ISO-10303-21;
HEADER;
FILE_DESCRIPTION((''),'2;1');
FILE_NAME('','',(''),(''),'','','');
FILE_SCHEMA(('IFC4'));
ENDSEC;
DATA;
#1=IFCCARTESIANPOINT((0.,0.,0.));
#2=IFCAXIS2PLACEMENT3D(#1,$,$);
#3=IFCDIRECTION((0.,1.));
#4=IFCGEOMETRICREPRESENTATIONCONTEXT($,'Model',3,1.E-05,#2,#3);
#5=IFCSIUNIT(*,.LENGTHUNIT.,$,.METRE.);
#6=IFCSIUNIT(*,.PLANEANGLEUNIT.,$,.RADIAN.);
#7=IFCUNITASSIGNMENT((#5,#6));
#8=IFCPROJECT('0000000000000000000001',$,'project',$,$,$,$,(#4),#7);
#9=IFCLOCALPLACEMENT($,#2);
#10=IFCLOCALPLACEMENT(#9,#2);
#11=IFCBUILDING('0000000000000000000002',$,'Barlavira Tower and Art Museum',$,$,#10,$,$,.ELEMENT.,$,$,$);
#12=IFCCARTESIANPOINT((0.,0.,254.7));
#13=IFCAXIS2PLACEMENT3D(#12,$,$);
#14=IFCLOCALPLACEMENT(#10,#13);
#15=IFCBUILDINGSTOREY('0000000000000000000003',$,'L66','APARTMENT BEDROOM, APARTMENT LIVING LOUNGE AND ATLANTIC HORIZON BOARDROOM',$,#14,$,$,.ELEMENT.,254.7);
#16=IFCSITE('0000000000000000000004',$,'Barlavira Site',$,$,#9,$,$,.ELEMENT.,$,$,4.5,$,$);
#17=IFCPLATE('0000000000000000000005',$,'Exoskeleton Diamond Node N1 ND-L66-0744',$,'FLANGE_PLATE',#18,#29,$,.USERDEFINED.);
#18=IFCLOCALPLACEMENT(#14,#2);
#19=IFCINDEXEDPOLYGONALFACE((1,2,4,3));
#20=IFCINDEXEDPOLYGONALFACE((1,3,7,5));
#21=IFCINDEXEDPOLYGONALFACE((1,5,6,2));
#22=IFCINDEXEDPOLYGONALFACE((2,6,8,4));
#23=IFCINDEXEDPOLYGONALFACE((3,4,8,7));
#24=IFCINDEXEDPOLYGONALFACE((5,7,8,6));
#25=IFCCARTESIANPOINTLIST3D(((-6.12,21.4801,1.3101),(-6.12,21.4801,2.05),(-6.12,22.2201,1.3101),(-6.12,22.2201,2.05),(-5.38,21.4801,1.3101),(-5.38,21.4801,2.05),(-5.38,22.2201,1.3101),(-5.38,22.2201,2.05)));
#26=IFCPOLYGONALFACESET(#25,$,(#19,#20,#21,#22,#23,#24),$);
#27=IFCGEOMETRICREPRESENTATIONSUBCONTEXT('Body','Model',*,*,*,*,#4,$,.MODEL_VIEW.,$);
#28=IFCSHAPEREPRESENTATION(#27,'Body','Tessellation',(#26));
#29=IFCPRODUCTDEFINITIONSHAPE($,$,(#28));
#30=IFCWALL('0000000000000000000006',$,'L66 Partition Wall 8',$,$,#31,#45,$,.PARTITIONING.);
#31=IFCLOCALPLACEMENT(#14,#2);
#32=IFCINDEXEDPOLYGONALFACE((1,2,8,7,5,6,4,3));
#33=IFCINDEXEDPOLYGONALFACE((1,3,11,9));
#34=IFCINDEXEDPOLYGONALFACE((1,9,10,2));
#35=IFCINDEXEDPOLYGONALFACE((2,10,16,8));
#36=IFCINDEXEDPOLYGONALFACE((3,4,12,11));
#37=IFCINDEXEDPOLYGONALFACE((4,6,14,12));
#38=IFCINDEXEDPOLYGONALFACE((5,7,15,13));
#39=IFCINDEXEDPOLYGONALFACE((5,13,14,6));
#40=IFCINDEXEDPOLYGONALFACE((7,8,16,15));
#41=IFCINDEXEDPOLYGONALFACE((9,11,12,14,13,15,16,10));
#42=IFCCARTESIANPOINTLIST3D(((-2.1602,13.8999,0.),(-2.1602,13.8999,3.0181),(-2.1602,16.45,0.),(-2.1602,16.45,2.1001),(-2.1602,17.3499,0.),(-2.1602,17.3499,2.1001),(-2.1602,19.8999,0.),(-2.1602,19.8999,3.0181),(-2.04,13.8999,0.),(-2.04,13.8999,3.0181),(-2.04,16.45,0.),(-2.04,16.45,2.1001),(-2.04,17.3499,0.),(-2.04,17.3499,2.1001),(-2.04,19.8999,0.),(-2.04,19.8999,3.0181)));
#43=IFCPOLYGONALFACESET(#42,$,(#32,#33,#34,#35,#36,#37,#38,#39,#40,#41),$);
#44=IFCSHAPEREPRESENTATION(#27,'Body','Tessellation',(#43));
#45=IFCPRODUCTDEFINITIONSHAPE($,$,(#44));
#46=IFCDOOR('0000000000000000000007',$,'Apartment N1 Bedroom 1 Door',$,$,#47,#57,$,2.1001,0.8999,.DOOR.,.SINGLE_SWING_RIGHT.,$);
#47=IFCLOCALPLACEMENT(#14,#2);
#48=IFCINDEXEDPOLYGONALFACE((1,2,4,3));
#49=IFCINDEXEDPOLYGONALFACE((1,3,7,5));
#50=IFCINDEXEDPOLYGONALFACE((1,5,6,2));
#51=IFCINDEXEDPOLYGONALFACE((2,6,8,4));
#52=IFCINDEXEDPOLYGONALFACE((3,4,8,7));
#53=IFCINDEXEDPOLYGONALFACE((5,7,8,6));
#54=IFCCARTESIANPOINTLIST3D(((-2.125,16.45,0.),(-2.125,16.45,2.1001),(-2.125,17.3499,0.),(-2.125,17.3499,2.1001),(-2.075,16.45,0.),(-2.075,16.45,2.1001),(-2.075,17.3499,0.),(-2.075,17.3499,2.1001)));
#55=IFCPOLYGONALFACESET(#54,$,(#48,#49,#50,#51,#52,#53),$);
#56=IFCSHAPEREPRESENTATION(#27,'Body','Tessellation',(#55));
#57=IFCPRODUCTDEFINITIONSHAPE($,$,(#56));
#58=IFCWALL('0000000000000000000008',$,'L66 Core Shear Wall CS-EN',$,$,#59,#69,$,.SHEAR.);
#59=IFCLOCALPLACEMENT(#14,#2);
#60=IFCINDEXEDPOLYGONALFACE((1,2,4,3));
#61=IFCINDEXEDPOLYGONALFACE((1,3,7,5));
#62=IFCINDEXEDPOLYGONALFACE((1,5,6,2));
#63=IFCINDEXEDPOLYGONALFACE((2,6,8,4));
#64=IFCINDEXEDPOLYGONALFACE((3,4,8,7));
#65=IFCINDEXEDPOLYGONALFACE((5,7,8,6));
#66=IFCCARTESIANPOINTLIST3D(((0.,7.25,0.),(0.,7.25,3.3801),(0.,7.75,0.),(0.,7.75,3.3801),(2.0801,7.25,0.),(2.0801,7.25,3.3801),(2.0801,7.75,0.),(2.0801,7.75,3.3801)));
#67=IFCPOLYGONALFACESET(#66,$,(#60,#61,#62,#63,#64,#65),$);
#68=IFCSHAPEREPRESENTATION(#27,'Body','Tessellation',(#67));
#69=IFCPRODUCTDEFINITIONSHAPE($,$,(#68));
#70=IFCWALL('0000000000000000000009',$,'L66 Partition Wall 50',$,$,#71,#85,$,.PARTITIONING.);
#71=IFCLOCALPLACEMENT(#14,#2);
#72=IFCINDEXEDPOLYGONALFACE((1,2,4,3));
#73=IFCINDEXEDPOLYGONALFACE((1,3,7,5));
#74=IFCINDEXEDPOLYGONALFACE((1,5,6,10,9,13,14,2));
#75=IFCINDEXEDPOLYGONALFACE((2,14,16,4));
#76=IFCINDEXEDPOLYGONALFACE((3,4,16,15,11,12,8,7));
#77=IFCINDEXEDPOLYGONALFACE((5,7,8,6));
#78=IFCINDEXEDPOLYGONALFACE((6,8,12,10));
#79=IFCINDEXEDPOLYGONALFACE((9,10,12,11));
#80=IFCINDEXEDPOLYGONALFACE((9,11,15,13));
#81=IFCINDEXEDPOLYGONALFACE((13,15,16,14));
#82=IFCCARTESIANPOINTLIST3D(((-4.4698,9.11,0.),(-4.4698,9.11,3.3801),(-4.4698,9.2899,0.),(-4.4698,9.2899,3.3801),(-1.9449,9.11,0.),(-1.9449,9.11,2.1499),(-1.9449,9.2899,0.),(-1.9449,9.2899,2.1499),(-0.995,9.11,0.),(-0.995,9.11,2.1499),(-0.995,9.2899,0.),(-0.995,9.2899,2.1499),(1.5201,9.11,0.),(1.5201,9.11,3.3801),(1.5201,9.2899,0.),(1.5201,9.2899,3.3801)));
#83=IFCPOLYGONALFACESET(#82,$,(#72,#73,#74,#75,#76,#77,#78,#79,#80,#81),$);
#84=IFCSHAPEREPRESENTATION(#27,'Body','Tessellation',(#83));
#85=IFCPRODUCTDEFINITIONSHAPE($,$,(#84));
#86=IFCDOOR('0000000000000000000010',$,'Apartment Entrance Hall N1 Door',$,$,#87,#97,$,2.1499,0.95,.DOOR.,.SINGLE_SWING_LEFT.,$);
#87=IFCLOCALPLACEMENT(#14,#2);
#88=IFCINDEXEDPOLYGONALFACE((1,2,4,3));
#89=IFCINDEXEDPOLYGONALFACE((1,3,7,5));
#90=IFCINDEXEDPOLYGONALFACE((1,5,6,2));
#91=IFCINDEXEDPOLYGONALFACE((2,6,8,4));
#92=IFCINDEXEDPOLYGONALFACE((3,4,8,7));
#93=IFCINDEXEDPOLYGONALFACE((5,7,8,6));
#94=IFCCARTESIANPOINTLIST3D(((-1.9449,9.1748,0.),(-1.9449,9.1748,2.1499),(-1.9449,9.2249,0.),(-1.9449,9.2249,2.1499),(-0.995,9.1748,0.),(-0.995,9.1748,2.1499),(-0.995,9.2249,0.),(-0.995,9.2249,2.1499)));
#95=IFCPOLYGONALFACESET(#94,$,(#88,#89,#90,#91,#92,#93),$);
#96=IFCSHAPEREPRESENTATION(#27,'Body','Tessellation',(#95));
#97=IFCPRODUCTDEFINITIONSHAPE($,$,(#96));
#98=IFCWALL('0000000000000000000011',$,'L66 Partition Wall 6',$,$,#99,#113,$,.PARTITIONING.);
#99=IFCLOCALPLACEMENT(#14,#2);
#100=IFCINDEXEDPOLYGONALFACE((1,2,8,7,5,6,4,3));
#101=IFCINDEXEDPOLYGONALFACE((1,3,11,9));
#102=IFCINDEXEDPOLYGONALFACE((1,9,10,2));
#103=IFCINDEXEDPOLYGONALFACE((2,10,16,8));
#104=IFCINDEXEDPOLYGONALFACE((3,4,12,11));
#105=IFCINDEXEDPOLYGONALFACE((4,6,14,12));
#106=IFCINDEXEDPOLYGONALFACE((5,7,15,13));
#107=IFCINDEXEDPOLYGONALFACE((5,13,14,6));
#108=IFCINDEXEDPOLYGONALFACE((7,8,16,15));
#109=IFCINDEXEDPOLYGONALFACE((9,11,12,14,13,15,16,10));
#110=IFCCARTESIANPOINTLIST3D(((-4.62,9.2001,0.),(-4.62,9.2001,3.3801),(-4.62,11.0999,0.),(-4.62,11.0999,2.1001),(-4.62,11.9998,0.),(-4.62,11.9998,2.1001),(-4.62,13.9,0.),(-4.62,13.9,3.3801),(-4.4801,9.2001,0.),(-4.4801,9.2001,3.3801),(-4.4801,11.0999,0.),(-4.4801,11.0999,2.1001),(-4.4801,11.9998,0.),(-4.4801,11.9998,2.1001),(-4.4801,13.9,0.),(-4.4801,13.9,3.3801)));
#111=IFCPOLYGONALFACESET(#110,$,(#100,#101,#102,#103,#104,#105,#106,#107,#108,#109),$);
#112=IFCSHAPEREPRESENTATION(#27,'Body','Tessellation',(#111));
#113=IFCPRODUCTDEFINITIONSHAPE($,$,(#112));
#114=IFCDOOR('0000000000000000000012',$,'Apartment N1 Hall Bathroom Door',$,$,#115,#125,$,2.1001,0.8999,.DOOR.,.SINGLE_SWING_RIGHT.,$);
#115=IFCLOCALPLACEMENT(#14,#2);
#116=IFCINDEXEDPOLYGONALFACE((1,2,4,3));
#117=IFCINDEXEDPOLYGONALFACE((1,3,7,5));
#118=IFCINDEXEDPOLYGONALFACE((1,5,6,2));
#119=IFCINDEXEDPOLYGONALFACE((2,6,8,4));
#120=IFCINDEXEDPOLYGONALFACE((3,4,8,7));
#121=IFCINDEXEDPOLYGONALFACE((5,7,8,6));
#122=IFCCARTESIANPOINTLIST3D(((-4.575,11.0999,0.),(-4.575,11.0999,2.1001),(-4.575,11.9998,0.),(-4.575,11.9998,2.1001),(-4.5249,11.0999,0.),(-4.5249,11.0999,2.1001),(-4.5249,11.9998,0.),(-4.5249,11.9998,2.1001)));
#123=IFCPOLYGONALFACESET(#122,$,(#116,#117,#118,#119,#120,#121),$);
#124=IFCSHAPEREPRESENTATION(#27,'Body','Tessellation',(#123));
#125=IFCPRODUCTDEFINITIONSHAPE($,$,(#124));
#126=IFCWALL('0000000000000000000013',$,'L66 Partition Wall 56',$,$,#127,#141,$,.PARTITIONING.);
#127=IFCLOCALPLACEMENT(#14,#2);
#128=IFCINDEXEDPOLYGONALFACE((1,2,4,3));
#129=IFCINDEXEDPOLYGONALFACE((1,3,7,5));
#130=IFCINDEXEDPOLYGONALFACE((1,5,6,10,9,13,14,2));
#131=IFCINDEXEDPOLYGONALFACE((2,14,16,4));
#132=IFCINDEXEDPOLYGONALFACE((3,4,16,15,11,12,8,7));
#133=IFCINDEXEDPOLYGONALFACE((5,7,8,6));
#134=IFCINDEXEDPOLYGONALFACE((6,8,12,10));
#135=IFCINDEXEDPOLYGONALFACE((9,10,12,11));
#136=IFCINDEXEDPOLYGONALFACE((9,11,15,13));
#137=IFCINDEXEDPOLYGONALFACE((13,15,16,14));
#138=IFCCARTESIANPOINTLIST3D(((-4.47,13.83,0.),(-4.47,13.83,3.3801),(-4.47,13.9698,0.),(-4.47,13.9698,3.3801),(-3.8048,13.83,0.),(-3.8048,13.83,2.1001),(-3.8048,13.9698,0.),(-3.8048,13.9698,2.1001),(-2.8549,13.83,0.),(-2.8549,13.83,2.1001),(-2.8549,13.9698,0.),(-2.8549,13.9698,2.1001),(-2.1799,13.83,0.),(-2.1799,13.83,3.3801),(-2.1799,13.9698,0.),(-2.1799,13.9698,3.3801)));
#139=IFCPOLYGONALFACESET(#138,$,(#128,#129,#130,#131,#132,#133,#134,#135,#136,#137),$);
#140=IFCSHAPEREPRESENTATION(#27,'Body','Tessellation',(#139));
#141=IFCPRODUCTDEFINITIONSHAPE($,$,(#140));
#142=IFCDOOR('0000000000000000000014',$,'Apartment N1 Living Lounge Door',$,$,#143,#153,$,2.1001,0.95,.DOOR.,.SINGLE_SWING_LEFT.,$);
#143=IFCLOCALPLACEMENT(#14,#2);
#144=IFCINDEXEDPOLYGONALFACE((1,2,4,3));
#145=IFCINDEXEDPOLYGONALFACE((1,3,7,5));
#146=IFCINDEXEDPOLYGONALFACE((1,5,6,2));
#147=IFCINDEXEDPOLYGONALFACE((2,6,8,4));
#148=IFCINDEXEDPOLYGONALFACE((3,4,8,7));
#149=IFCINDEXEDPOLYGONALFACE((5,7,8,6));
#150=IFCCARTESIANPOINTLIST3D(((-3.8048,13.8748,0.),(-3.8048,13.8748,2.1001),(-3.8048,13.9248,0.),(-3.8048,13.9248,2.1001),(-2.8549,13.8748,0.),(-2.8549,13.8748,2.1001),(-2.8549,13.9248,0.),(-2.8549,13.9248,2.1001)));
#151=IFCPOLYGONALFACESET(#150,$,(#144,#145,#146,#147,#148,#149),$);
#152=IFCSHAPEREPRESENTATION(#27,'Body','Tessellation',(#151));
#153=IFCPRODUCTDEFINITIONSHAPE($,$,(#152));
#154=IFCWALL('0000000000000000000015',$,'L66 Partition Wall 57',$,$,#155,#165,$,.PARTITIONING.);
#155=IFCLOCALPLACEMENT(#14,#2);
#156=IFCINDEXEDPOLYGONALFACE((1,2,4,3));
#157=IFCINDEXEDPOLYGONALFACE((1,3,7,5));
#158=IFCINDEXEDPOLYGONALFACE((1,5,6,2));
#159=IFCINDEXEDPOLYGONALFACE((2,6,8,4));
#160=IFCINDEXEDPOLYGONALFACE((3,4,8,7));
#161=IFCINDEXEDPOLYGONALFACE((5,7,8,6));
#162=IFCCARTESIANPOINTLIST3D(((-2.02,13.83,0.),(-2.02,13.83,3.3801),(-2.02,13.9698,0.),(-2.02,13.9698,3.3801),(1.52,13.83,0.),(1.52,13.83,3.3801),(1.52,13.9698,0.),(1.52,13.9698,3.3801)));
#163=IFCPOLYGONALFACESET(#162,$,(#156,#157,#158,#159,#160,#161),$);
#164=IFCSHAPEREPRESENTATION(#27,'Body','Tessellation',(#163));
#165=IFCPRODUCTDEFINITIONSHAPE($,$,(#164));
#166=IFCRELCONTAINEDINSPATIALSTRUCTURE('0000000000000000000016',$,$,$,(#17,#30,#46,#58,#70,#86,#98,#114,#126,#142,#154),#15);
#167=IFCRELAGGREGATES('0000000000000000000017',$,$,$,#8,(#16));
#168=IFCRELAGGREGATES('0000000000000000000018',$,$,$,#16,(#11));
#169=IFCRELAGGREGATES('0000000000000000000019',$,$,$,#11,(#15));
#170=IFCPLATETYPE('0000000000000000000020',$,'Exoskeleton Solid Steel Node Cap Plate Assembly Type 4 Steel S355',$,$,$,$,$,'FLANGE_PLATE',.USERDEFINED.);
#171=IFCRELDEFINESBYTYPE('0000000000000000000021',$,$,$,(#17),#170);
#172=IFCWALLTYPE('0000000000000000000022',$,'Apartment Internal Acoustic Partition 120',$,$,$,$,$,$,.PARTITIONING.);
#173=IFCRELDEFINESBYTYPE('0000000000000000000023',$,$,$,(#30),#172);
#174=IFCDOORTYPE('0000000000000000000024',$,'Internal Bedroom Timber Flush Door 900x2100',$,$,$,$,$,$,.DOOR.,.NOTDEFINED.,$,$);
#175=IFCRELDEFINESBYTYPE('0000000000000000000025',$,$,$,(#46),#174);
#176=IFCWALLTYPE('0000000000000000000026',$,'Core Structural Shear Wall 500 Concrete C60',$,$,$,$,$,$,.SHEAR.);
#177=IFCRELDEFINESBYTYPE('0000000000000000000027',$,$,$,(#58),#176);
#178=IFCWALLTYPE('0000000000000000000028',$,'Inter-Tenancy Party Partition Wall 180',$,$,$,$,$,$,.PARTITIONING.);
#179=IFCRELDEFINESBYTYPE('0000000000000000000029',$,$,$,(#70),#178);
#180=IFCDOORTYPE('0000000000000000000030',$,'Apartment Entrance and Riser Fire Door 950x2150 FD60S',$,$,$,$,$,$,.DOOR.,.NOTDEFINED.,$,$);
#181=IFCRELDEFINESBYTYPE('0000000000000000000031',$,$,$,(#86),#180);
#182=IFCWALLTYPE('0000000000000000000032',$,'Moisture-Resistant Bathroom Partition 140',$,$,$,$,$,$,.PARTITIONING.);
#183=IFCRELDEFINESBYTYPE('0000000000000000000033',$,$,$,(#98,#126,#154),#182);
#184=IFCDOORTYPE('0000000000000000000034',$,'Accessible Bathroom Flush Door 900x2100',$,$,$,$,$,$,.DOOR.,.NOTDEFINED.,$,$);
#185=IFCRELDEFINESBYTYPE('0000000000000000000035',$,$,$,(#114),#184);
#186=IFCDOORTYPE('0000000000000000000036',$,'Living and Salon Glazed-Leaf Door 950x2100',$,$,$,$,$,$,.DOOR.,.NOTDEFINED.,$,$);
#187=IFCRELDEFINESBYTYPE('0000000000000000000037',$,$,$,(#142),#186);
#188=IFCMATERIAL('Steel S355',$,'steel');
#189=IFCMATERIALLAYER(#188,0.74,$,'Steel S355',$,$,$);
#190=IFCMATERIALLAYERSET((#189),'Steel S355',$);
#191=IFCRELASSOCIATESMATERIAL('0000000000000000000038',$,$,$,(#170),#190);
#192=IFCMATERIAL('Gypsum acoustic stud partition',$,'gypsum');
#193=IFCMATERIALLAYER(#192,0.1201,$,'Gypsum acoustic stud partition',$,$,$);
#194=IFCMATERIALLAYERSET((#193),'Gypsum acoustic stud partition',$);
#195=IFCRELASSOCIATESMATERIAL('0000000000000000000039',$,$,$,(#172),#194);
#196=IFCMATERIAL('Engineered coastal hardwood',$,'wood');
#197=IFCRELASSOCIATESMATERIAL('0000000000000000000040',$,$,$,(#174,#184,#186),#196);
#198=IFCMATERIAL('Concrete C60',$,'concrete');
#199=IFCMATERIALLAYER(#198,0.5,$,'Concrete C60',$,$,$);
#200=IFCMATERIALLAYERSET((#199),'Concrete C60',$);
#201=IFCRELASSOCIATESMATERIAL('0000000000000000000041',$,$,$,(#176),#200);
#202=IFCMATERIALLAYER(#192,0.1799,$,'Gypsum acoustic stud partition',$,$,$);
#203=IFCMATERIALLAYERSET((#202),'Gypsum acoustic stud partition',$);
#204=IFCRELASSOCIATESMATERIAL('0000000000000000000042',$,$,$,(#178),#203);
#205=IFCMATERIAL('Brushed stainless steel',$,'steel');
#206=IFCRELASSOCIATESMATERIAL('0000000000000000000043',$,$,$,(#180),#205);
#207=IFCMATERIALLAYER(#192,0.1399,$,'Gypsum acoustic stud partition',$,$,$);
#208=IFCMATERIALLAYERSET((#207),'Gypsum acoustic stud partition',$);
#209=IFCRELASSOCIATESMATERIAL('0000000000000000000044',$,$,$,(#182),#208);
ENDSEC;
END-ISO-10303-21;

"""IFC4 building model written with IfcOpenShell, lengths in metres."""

from ifc_helpers import new_model, si_unit, direction, frame, frame_2d, origin, origin_2d, place, context, subcontext, project, spatial, rectangle, extrude, material, layer, layer_set, type_object, element, fill, save


model = new_model("IFC4")

# Units and contexts
model_context = context("Model", 3, precision=1e-05, world=origin(), true_north=direction((0.0, 1.0)))
body_context = subcontext(model_context, "Body", "Model", "MODEL_VIEW")
ifc_project = project(units=[si_unit("LENGTHUNIT", "METRE"), si_unit("PLANEANGLEUNIT", "RADIAN")], contexts=[model_context])

# Site, building, storey
site_placement = place(None, origin())
site = spatial("IfcSite", under=ifc_project, at=site_placement, Name="Barlavira Site", CompositionType="ELEMENT", RefElevation=4.5)
building_placement = place(site_placement, origin())
building = spatial("IfcBuilding", under=site, at=building_placement, Name="Barlavira Tower and Art Museum", CompositionType="ELEMENT")
storey_placement = place(building_placement, frame((0.0, 0.0, 254.7)))
storey = spatial("IfcBuildingStorey", under=building, at=storey_placement, Name="L66", Description="APARTMENT BEDROOM, APARTMENT LIVING LOUNGE AND ATLANTIC HORIZON BOARDROOM", CompositionType="ELEMENT", Elevation=254.7)

# Plate
ifc_material_1 = material(Name="Steel S355", Category="steel")
ifc_layer_1 = layer(ifc_material_1, 0.74, Name="Steel S355")
ifc_layer_set_1 = layer_set([ifc_layer_1], Name="Steel S355")
plate_type_1 = type_object("IfcPlateType", Name="Exoskeleton Solid Steel Node Cap Plate Assembly Type 4 Steel S355", ElementType="FLANGE_PLATE", PredefinedType="USERDEFINED", material=ifc_layer_set_1)
plate_1_placement = place(storey_placement, frame((-5.75, 21.8501, 1.3101), z_axis=(0.0, 0.0, 1.0), x_axis=(1.0, 0.0, 0.0)))
element("IfcPlate", 1, at=plate_1_placement, inside=storey, type_object=plate_type_1, Name="Exoskeleton Diamond Node N1 ND-L66-0744", ObjectType="FLANGE_PLATE", PredefinedType="USERDEFINED", context=body_context, shape_type="SweptSolid", body=[
    extrude(rectangle(XDim=0.74, YDim=0.74, at=origin_2d()), origin(), (0.0, 0.0, 1.0), 0.74),
])

# Wall, opening, door
ifc_material_2 = material(Name="Gypsum acoustic stud partition", Category="gypsum")
ifc_layer_2 = layer(ifc_material_2, 0.1201, Name="Gypsum acoustic stud partition")
ifc_layer_set_2 = layer_set([ifc_layer_2], Name="Gypsum acoustic stud partition")
wall_type_1 = type_object("IfcWallType", Name="Apartment Internal Acoustic Partition 120", PredefinedType="PARTITIONING", material=ifc_layer_set_2)
wall_1_placement = place(storey_placement, frame((-2.1001, 13.8999, 0.0), z_axis=(0.0, 0.0, 1.0), x_axis=(0.0, 1.0, 0.0)))
wall_1 = element("IfcWall", 2, at=wall_1_placement, inside=storey, type_object=wall_type_1, Name="L66 Partition Wall 8", PredefinedType="PARTITIONING", context=body_context, shape_type="SweptSolid", body=[
    extrude(rectangle(XDim=6.0, YDim=0.1201, at=frame_2d((3.0, 0.0))), origin(), (0.0, 0.0, 1.0), 3.0181),
])
opening_1_placement = place(wall_1_placement, frame((2.55, 0.0, 0.0)))
opening_1 = element("IfcOpeningElement", 3, at=opening_1_placement, cuts=wall_1, PredefinedType="OPENING", context=body_context, shape_type="SweptSolid", body=[
    extrude(rectangle(XDim=0.8999, YDim=2.1001, at=frame_2d((0.45, 1.05))), frame((0.0, 0.0701, 0.0), z_axis=(0.0, -1.0, 0.0), x_axis=(1.0, 0.0, 0.0)), (0.0, 0.0, 1.0), 0.1401),
])
ifc_material_3 = material(Name="Engineered coastal hardwood", Category="wood")
door_type_1 = type_object("IfcDoorType", Name="Internal Bedroom Timber Flush Door 900x2100", OperationType="NOTDEFINED", PredefinedType="DOOR", material=ifc_material_3)
door_1_placement = place(opening_1_placement, origin())
door_1 = element("IfcDoor", 4, at=door_1_placement, inside=storey, type_object=door_type_1, Name="Apartment N1 Bedroom 1 Door", OperationType="SINGLE_SWING_RIGHT", OverallHeight=2.1001, OverallWidth=0.8999, PredefinedType="DOOR", context=body_context, shape_type="SweptSolid", body=[
    extrude(rectangle(XDim=0.8999, YDim=2.1001, at=frame_2d((0.45, 1.05))), frame((0.0, 0.0249, 0.0), z_axis=(0.0, -1.0, 0.0), x_axis=(1.0, 0.0, 0.0)), (0.0, 0.0, 1.0), 0.05),
])
fill(opening_1, door_1)

# Wall
ifc_material_4 = material(Name="Concrete C60", Category="concrete")
ifc_layer_3 = layer(ifc_material_4, 0.5, Name="Concrete C60")
ifc_layer_set_3 = layer_set([ifc_layer_3], Name="Concrete C60")
wall_type_2 = type_object("IfcWallType", Name="Core Structural Shear Wall 500 Concrete C60", PredefinedType="SHEAR", material=ifc_layer_set_3)
wall_2_placement = place(storey_placement, frame((0.0, 7.5, 0.0), z_axis=(0.0, 0.0, 1.0), x_axis=(1.0, 0.0, 0.0)))
element("IfcWall", 5, at=wall_2_placement, inside=storey, type_object=wall_type_2, Name="L66 Core Shear Wall CS-EN", PredefinedType="SHEAR", context=body_context, shape_type="SweptSolid", body=[
    extrude(rectangle(XDim=2.0801, YDim=0.5, at=frame_2d((1.04, 0.0))), origin(), (0.0, 0.0, 1.0), 3.3801),
])

# Walls, openings, doors
ifc_layer_4 = layer(ifc_material_2, 0.1799, Name="Gypsum acoustic stud partition")
ifc_layer_set_4 = layer_set([ifc_layer_4], Name="Gypsum acoustic stud partition")
wall_type_3 = type_object("IfcWallType", Name="Inter-Tenancy Party Partition Wall 180", PredefinedType="PARTITIONING", material=ifc_layer_set_4)
wall_3_placement = place(storey_placement, frame((-4.47, 9.2, 0.0), z_axis=(0.0, 0.0, 1.0), x_axis=(1.0, 0.0, 0.0)))
wall_3 = element("IfcWall", 6, at=wall_3_placement, inside=storey, type_object=wall_type_3, Name="L66 Partition Wall 50", PredefinedType="PARTITIONING", context=body_context, shape_type="SweptSolid", body=[
    extrude(rectangle(XDim=5.99, YDim=0.1799, at=frame_2d((2.9951, 0.0))), origin(), (0.0, 0.0, 1.0), 3.3801),
])
opening_2_placement = place(wall_3_placement, frame((2.5249, 0.0, 0.0)))
opening_2 = element("IfcOpeningElement", 7, at=opening_2_placement, cuts=wall_3, PredefinedType="OPENING", context=body_context, shape_type="SweptSolid", body=[
    extrude(rectangle(XDim=0.95, YDim=2.1499, at=frame_2d((0.4751, 1.075))), frame((0.0, 0.1001, 0.0), z_axis=(0.0, -1.0, 0.0), x_axis=(1.0, 0.0, 0.0)), (0.0, 0.0, 1.0), 0.2),
])
ifc_material_5 = material(Name="Brushed stainless steel", Category="steel")
door_type_2 = type_object("IfcDoorType", Name="Apartment Entrance and Riser Fire Door 950x2150 FD60S", OperationType="NOTDEFINED", PredefinedType="DOOR", material=ifc_material_5)
door_2_placement = place(opening_2_placement, origin())
door_2 = element("IfcDoor", 8, at=door_2_placement, inside=storey, type_object=door_type_2, Name="Apartment Entrance Hall N1 Door", OperationType="SINGLE_SWING_LEFT", OverallHeight=2.1499, OverallWidth=0.95, PredefinedType="DOOR", context=body_context, shape_type="SweptSolid", body=[
    extrude(rectangle(XDim=0.95, YDim=2.1499, at=frame_2d((0.4751, 1.075))), frame((0.0, 0.0249, 0.0), z_axis=(0.0, -1.0, 0.0), x_axis=(1.0, 0.0, 0.0)), (0.0, 0.0, 1.0), 0.05),
])
fill(opening_2, door_2)
ifc_layer_5 = layer(ifc_material_2, 0.1399, Name="Gypsum acoustic stud partition")
ifc_layer_set_5 = layer_set([ifc_layer_5], Name="Gypsum acoustic stud partition")
wall_type_4 = type_object("IfcWallType", Name="Moisture-Resistant Bathroom Partition 140", PredefinedType="PARTITIONING", material=ifc_layer_set_5)
wall_4_placement = place(storey_placement, frame((-4.55, 9.2, 0.0), z_axis=(0.0, 0.0, 1.0), x_axis=(0.0, 1.0, 0.0)))
wall_4 = element("IfcWall", 9, at=wall_4_placement, inside=storey, type_object=wall_type_4, Name="L66 Partition Wall 6", PredefinedType="PARTITIONING", context=body_context, shape_type="SweptSolid", body=[
    extrude(rectangle(XDim=4.7, YDim=0.1399, at=frame_2d((2.3501, 0.0))), origin(), (0.0, 0.0, 1.0), 3.3801),
])
opening_3_placement = place(wall_4_placement, frame((1.8999, 0.0, 0.0)))
opening_3 = element("IfcOpeningElement", 10, at=opening_3_placement, cuts=wall_4, PredefinedType="OPENING", context=body_context, shape_type="SweptSolid", body=[
    extrude(rectangle(XDim=0.8999, YDim=2.1001, at=frame_2d((0.45, 1.05))), frame((0.0, 0.0801, 0.0), z_axis=(0.0, -1.0, 0.0), x_axis=(1.0, 0.0, 0.0)), (0.0, 0.0, 1.0), 0.1599),
])
door_type_3 = type_object("IfcDoorType", Name="Accessible Bathroom Flush Door 900x2100", OperationType="NOTDEFINED", PredefinedType="DOOR", material=ifc_material_3)
door_3_placement = place(opening_3_placement, origin())
door_3 = element("IfcDoor", 11, at=door_3_placement, inside=storey, type_object=door_type_3, Name="Apartment N1 Hall Bathroom Door", OperationType="SINGLE_SWING_RIGHT", OverallHeight=2.1001, OverallWidth=0.8999, PredefinedType="DOOR", context=body_context, shape_type="SweptSolid", body=[
    extrude(rectangle(XDim=0.8999, YDim=2.1001, at=frame_2d((0.45, 1.05))), frame((0.0, 0.0249, 0.0), z_axis=(0.0, -1.0, 0.0), x_axis=(1.0, 0.0, 0.0)), (0.0, 0.0, 1.0), 0.05),
])
fill(opening_3, door_3)
wall_5_placement = place(storey_placement, frame((-4.47, 13.8999, 0.0), z_axis=(0.0, 0.0, 1.0), x_axis=(1.0, 0.0, 0.0)))
wall_5 = element("IfcWall", 12, at=wall_5_placement, inside=storey, type_object=wall_type_4, Name="L66 Partition Wall 56", PredefinedType="PARTITIONING", context=body_context, shape_type="SweptSolid", body=[
    extrude(rectangle(XDim=2.29, YDim=0.1399, at=frame_2d((1.145, 0.0))), origin(), (0.0, 0.0, 1.0), 3.3801),
])
opening_4_placement = place(wall_5_placement, frame((0.665, 0.0, 0.0)))
opening_4 = element("IfcOpeningElement", 13, at=opening_4_placement, cuts=wall_5, PredefinedType="OPENING", context=body_context, shape_type="SweptSolid", body=[
    extrude(rectangle(XDim=0.95, YDim=2.1001, at=frame_2d((0.4751, 1.05))), frame((0.0, 0.0801, 0.0), z_axis=(0.0, -1.0, 0.0), x_axis=(1.0, 0.0, 0.0)), (0.0, 0.0, 1.0), 0.1599),
])
door_type_4 = type_object("IfcDoorType", Name="Living and Salon Glazed-Leaf Door 950x2100", OperationType="NOTDEFINED", PredefinedType="DOOR", material=ifc_material_3)
door_4_placement = place(opening_4_placement, origin())
door_4 = element("IfcDoor", 14, at=door_4_placement, inside=storey, type_object=door_type_4, Name="Apartment N1 Living Lounge Door", OperationType="SINGLE_SWING_LEFT", OverallHeight=2.1001, OverallWidth=0.95, PredefinedType="DOOR", context=body_context, shape_type="SweptSolid", body=[
    extrude(rectangle(XDim=0.95, YDim=2.1001, at=frame_2d((0.4751, 1.05))), frame((0.0, 0.0249, 0.0), z_axis=(0.0, -1.0, 0.0), x_axis=(1.0, 0.0, 0.0)), (0.0, 0.0, 1.0), 0.05),
])
fill(opening_4, door_4)

# Wall
wall_6_placement = place(storey_placement, frame((-2.02, 13.8999, 0.0), z_axis=(0.0, 0.0, 1.0), x_axis=(1.0, 0.0, 0.0)))
element("IfcWall", 15, at=wall_6_placement, inside=storey, type_object=wall_type_4, Name="L66 Partition Wall 57", PredefinedType="PARTITIONING", context=body_context, shape_type="SweptSolid", body=[
    extrude(rectangle(XDim=3.54, YDim=0.1399, at=frame_2d((1.77, 0.0))), origin(), (0.0, 0.0, 1.0), 3.3801),
])

save(model, "model.ifc")
